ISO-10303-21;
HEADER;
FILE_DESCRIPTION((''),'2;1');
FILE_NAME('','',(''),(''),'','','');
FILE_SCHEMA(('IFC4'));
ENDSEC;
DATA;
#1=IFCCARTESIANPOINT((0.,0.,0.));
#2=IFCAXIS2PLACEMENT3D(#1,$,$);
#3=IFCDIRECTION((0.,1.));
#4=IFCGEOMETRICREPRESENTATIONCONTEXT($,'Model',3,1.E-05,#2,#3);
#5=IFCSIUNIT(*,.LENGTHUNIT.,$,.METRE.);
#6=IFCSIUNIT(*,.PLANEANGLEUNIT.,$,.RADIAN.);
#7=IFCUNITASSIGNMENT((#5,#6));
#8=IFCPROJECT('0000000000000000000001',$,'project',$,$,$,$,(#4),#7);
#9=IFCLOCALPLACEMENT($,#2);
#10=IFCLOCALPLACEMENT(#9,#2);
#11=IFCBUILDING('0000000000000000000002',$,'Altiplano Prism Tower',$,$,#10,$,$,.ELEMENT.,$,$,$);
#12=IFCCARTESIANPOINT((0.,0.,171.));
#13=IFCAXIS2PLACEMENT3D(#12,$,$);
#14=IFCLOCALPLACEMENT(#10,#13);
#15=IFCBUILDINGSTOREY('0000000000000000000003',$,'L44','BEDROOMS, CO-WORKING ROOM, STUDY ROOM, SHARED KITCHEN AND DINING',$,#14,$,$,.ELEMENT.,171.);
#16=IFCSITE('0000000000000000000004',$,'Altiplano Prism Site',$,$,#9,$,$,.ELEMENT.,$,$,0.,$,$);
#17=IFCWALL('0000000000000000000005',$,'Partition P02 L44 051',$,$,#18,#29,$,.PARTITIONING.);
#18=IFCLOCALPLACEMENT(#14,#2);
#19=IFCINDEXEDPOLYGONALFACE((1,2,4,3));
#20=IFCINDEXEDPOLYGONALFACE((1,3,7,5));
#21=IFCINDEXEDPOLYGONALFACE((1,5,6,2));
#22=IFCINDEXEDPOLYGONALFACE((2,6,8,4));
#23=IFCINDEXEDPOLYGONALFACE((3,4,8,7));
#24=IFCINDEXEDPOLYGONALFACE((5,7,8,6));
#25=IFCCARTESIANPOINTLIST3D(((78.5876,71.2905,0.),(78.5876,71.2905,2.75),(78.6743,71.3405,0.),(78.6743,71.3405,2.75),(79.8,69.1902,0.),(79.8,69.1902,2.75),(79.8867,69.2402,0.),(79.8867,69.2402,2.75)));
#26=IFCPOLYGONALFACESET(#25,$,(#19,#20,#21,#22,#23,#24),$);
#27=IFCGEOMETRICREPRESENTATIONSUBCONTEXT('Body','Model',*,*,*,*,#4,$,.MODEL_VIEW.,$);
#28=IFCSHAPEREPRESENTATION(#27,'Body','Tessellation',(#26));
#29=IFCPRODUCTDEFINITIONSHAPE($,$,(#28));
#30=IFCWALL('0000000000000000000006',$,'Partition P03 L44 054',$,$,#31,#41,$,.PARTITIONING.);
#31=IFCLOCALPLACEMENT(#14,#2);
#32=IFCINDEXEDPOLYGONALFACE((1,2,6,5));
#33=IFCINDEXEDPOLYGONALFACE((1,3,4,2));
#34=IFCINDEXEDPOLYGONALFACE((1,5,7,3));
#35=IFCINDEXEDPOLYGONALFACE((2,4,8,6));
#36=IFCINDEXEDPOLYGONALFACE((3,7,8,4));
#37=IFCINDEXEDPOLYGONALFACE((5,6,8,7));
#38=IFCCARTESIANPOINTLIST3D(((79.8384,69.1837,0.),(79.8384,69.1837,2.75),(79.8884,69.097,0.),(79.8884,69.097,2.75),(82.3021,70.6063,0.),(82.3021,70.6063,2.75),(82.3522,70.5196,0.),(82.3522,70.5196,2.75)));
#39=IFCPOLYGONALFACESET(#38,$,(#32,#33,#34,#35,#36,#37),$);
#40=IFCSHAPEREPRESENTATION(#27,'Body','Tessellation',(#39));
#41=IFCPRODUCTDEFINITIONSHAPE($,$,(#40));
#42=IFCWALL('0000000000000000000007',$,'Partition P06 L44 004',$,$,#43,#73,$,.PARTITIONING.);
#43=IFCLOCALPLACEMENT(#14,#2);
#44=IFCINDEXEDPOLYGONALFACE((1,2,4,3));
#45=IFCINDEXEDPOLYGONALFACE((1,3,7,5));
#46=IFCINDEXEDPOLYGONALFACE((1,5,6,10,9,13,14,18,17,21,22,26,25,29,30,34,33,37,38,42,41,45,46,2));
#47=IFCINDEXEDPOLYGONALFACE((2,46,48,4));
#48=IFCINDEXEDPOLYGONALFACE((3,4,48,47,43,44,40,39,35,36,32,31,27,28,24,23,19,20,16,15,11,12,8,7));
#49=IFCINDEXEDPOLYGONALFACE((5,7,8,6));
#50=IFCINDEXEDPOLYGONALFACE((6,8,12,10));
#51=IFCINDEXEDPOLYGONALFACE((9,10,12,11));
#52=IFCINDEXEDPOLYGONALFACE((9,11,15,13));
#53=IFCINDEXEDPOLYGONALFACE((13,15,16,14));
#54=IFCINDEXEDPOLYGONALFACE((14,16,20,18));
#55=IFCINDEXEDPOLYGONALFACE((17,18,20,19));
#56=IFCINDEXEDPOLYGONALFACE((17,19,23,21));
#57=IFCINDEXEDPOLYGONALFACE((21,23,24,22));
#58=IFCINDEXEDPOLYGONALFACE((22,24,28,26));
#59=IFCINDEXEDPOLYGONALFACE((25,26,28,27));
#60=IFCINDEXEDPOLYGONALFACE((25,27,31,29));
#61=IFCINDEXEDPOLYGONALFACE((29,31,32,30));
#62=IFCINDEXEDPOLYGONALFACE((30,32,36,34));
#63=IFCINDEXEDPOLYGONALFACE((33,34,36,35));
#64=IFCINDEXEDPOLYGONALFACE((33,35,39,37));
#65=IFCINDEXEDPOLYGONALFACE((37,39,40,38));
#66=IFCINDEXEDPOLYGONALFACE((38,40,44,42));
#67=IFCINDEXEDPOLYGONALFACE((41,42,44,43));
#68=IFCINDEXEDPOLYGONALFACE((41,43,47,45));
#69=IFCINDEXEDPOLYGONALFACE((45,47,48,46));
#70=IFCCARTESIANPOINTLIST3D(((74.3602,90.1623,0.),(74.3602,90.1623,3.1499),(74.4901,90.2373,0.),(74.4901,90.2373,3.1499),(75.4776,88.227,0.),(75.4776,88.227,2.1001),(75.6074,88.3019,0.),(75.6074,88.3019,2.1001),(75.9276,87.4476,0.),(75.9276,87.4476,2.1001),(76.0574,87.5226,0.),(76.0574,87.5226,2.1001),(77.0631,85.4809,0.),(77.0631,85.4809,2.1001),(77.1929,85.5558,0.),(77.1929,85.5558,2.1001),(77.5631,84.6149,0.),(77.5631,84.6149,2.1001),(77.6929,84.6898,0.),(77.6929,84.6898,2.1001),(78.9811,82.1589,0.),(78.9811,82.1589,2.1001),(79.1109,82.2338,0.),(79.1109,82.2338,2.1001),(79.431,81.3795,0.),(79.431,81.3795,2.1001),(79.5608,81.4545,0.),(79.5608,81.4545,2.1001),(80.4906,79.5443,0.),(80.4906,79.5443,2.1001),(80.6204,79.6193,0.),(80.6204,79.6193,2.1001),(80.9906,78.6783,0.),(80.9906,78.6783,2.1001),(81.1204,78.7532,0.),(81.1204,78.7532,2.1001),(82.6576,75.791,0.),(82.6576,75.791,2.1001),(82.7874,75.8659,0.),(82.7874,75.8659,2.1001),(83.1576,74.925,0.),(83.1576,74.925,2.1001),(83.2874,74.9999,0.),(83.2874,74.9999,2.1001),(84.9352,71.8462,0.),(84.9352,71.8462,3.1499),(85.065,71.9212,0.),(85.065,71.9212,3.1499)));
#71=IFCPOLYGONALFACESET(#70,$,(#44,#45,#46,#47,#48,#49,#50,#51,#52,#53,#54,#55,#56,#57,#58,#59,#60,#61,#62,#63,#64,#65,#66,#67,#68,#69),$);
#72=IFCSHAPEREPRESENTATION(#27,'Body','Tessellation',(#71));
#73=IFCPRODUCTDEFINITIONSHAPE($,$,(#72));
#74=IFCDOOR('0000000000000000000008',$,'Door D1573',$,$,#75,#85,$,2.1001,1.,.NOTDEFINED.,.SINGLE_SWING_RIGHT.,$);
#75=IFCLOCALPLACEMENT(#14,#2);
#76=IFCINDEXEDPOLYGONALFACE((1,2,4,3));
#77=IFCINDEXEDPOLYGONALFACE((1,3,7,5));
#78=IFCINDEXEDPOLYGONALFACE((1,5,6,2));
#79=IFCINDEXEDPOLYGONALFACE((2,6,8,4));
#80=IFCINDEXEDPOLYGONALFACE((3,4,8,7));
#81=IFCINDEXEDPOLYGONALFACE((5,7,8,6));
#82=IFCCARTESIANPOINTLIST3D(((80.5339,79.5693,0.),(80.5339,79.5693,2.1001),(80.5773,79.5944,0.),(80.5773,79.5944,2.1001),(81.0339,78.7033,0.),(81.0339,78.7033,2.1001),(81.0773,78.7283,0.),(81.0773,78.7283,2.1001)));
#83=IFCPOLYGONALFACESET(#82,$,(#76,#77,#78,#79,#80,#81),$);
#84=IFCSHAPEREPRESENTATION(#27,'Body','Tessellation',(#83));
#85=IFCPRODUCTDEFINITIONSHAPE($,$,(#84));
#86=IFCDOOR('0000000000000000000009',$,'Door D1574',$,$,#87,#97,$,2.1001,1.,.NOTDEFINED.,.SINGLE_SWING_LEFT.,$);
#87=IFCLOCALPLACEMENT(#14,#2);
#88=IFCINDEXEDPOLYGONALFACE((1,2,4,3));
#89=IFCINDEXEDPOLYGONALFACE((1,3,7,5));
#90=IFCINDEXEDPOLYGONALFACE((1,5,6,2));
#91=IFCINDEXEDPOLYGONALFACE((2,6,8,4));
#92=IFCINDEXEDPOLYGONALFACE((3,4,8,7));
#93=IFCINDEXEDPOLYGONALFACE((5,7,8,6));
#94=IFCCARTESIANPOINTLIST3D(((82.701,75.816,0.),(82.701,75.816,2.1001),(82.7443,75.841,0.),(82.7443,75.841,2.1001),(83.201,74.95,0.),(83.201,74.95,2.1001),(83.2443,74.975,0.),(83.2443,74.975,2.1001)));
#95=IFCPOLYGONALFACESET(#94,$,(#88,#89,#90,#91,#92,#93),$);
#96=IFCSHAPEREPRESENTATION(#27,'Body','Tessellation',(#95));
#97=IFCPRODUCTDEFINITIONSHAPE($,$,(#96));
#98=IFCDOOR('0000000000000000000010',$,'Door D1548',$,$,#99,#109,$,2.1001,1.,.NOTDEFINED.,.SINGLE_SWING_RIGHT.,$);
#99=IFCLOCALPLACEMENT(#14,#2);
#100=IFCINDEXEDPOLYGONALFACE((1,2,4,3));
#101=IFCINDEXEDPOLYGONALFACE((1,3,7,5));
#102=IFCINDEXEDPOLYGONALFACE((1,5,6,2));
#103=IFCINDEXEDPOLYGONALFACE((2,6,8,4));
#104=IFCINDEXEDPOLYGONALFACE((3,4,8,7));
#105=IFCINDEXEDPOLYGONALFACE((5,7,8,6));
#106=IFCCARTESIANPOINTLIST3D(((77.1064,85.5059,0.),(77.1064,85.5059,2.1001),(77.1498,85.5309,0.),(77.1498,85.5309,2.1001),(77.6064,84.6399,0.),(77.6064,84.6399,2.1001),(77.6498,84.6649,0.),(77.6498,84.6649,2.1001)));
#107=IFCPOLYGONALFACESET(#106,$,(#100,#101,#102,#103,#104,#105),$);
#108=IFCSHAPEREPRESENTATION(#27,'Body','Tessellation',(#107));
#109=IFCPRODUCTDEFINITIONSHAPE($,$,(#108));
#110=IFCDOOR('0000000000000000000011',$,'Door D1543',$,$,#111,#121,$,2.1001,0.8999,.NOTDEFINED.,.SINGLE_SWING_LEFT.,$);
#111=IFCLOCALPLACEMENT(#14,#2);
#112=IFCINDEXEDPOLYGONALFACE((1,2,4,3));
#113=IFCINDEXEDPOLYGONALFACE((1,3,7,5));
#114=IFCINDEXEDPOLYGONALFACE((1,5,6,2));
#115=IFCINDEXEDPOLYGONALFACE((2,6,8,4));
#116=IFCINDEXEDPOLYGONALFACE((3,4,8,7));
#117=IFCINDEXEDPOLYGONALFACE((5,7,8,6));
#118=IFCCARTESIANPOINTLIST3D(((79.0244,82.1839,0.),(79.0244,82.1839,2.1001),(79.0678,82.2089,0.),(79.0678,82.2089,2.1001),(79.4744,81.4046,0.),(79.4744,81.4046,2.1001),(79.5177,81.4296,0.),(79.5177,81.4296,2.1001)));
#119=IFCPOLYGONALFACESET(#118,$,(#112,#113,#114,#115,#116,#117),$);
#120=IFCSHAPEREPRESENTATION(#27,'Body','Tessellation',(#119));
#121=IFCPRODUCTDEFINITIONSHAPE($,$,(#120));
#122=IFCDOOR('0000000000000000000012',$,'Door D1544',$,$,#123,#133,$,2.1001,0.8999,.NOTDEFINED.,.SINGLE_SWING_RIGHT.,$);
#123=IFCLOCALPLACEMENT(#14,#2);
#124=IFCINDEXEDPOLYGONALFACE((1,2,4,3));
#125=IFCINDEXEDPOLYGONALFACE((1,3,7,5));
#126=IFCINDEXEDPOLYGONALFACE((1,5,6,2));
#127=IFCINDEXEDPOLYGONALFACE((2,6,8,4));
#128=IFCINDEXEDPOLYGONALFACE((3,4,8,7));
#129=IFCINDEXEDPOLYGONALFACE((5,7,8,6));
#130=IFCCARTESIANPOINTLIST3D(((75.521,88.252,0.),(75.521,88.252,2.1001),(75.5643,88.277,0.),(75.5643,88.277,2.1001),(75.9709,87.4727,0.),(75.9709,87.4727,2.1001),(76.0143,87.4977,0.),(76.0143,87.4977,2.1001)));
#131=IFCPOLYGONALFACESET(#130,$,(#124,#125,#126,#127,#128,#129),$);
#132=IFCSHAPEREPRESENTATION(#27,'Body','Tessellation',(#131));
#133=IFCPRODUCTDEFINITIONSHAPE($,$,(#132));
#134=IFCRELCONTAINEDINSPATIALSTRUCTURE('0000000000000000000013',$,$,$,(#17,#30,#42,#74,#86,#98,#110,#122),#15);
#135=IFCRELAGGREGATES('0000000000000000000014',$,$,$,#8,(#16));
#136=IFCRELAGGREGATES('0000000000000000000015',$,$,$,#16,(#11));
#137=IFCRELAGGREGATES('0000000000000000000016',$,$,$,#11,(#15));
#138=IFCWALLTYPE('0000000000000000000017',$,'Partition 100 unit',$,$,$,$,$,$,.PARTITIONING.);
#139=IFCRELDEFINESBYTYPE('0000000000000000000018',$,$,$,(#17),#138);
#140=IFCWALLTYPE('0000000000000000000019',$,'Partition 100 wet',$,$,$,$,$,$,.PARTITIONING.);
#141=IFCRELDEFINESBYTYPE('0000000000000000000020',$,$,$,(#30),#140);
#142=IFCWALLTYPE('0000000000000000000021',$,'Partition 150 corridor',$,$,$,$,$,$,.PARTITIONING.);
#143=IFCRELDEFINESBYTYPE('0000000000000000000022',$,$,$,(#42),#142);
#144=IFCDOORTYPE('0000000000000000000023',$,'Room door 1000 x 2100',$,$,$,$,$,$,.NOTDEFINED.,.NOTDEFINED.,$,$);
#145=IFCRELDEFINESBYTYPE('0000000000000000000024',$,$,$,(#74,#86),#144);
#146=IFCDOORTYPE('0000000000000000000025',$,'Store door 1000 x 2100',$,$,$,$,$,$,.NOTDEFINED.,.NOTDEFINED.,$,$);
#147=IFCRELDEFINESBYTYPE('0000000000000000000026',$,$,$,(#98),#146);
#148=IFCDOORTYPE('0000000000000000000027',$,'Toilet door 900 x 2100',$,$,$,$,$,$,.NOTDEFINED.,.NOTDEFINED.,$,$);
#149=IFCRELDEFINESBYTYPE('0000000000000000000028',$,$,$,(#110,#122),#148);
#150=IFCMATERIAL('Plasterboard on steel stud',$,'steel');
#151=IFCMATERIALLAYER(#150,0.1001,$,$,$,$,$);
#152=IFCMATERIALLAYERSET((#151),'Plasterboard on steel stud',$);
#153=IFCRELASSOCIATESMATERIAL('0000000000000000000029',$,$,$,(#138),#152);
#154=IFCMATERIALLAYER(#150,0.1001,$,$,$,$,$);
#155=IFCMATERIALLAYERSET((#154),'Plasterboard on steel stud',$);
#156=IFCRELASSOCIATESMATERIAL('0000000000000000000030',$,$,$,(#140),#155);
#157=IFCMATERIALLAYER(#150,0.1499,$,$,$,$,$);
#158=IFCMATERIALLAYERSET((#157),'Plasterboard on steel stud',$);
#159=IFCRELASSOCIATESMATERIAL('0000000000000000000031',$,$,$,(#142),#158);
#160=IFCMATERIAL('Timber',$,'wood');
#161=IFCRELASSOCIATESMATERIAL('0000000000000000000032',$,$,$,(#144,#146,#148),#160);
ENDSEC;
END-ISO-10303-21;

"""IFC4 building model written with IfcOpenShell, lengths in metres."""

from ifc_helpers import new_model, si_unit, direction, frame, frame_2d, origin, place, context, subcontext, project, spatial, rectangle, extrude, material, layer, layer_set, type_object, element, fill, save


model = new_model("IFC4")

# Units and contexts
model_context = context("Model", 3, precision=1e-05, world=origin(), true_north=direction((0.0, 1.0)))
body_context = subcontext(model_context, "Body", "Model", "MODEL_VIEW")
ifc_project = project(units=[si_unit("LENGTHUNIT", "METRE"), si_unit("PLANEANGLEUNIT", "RADIAN")], contexts=[model_context])

# Site, building, storey
site_placement = place(None, origin())
site = spatial("IfcSite", under=ifc_project, at=site_placement, Name="Altiplano Prism Site", CompositionType="ELEMENT", RefElevation=0.0)
building_placement = place(site_placement, origin())
building = spatial("IfcBuilding", under=site, at=building_placement, Name="Altiplano Prism Tower", CompositionType="ELEMENT")
storey_placement = place(building_placement, frame((0.0, 0.0, 171.0)))
storey = spatial("IfcBuildingStorey", under=building, at=storey_placement, Name="L44", Description="BEDROOMS, CO-WORKING ROOM, STUDY ROOM, SHARED KITCHEN AND DINING", CompositionType="ELEMENT", Elevation=171.0)

# Walls
ifc_material_1 = material(Name="Plasterboard on steel stud", Category="steel")
ifc_layer_1 = layer(ifc_material_1, 0.1001)
ifc_layer_set_1 = layer_set([ifc_layer_1], Name="Plasterboard on steel stud")
wall_type_1 = type_object("IfcWallType", Name="Partition 100 unit", PredefinedType="PARTITIONING", material=ifc_layer_set_1)
wall_1_placement = place(storey_placement, frame((79.8433, 69.2153, 0.0), z_axis=(0.0, 0.0, 1.0), x_axis=(-0.499929, 0.866067, 0.0)))
element("IfcWall", 1, at=wall_1_placement, inside=storey, type_object=wall_type_1, Name="Partition P02 L44 051", PredefinedType="PARTITIONING", context=body_context, shape_type="SweptSolid", body=[
    extrude(rectangle(XDim=2.425, YDim=0.1001, at=frame_2d((1.2124, 0.0))), origin(), (0.0, 0.0, 1.0), 2.75),
])
ifc_layer_2 = layer(ifc_material_1, 0.1001)
ifc_layer_set_2 = layer_set([ifc_layer_2], Name="Plasterboard on steel stud")
wall_type_2 = type_object("IfcWallType", Name="Partition 100 wet", PredefinedType="PARTITIONING", material=ifc_layer_set_2)
wall_2_placement = place(storey_placement, frame((79.8635, 69.1404, 0.0), z_axis=(0.0, 0.0, 1.0), x_axis=(0.86599, 0.500062, 0.0)))
element("IfcWall", 2, at=wall_2_placement, inside=storey, type_object=wall_type_2, Name="Partition P03 L44 054", PredefinedType="PARTITIONING", context=body_context, shape_type="SweptSolid", body=[
    extrude(rectangle(XDim=2.845, YDim=0.1001, at=frame_2d((1.4224, 0.0))), origin(), (0.0, 0.0, 1.0), 2.75),
])

# Wall, openings, doors
ifc_layer_3 = layer(ifc_material_1, 0.1499)
ifc_layer_set_3 = layer_set([ifc_layer_3], Name="Plasterboard on steel stud")
wall_type_3 = type_object("IfcWallType", Name="Partition 150 corridor", PredefinedType="PARTITIONING", material=ifc_layer_set_3)
wall_3_placement = place(storey_placement, frame((85.0, 71.8838, 0.0), z_axis=(0.0, 0.0, 1.0), x_axis=(-0.500004, 0.866023, 0.0)))
wall_3 = element("IfcWall", 3, at=wall_3_placement, inside=storey, type_object=wall_type_3, Name="Partition P06 L44 004", PredefinedType="PARTITIONING", context=body_context, shape_type="SweptSolid", body=[
    extrude(rectangle(XDim=21.1497, YDim=0.1499, at=frame_2d((10.5747, 0.0))), origin(), (0.0, 0.0, 1.0), 3.1499),
])
opening_1_placement = place(wall_3_placement, frame((11.0081, 0.0, 0.0)))
opening_1 = element("IfcOpeningElement", 4, at=opening_1_placement, cuts=wall_3, PredefinedType="OPENING", context=body_context, shape_type="SweptSolid", body=[
    extrude(rectangle(XDim=0.8999, YDim=2.1001, at=frame_2d((0.45, 1.05))), frame((0.0, 0.0854, 0.0), z_axis=(0.0, -1.0, 0.0), x_axis=(1.0, 0.0, 0.0)), (0.0, 0.0, 1.0), 0.1709),
])
opening_2_placement = place(wall_3_placement, frame((18.0149, 0.0, 0.0)))
opening_2 = element("IfcOpeningElement", 5, at=opening_2_placement, cuts=wall_3, PredefinedType="OPENING", context=body_context, shape_type="SweptSolid", body=[
    extrude(rectangle(XDim=0.8999, YDim=2.1001, at=frame_2d((0.45, 1.05))), frame((0.0, 0.0854, 0.0), z_axis=(0.0, -1.0, 0.0), x_axis=(1.0, 0.0, 0.0)), (0.0, 0.0, 1.0), 0.1709),
])
opening_3_placement = place(wall_3_placement, frame((14.7439, 0.0, 0.0)))
opening_3 = element("IfcOpeningElement", 6, at=opening_3_placement, cuts=wall_3, PredefinedType="OPENING", context=body_context, shape_type="SweptSolid", body=[
    extrude(rectangle(XDim=1.0, YDim=2.1001, at=frame_2d((0.5, 1.05))), frame((0.0, 0.0854, 0.0), z_axis=(0.0, -1.0, 0.0), x_axis=(1.0, 0.0, 0.0)), (0.0, 0.0, 1.0), 0.1709),
])
opening_4_placement = place(wall_3_placement, frame((7.8889, 0.0, 0.0)))
opening_4 = element("IfcOpeningElement", 7, at=opening_4_placement, cuts=wall_3, PredefinedType="OPENING", context=body_context, shape_type="SweptSolid", body=[
    extrude(rectangle(XDim=1.0, YDim=2.1001, at=frame_2d((0.5, 1.05))), frame((0.0, 0.0854, 0.0), z_axis=(0.0, -1.0, 0.0), x_axis=(1.0, 0.0, 0.0)), (0.0, 0.0, 1.0), 0.1709),
])
opening_5_placement = place(wall_3_placement, frame((3.5549, 0.0, 0.0)))
opening_5 = element("IfcOpeningElement", 8, at=opening_5_placement, cuts=wall_3, PredefinedType="OPENING", context=body_context, shape_type="SweptSolid", body=[
    extrude(rectangle(XDim=1.0, YDim=2.1001, at=frame_2d((0.5, 1.05))), frame((0.0, 0.0854, 0.0), z_axis=(0.0, -1.0, 0.0), x_axis=(1.0, 0.0, 0.0)), (0.0, 0.0, 1.0), 0.1709),
])
ifc_material_2 = material(Name="Timber", Category="wood")
door_type_1 = type_object("IfcDoorType", Name="Room door 1000 x 2100", OperationType="NOTDEFINED", PredefinedType="NOTDEFINED", material=ifc_material_2)
door_1_placement = place(opening_4_placement, origin())
door_1 = element("IfcDoor", 9, at=door_1_placement, inside=storey, type_object=door_type_1, Name="Door D1573", OperationType="SINGLE_SWING_RIGHT", OverallHeight=2.1001, OverallWidth=1.0, PredefinedType="NOTDEFINED", context=body_context, shape_type="SweptSolid", body=[
    extrude(rectangle(XDim=1.0, YDim=2.1001, at=frame_2d((0.5, 1.05))), frame((0.0, 0.0249, 0.0), z_axis=(0.0, -1.0, 0.0), x_axis=(1.0, 0.0, 0.0)), (0.0, 0.0, 1.0), 0.05),
])
fill(opening_4, door_1)
door_2_placement = place(opening_5_placement, origin())
door_2 = element("IfcDoor", 10, at=door_2_placement, inside=storey, type_object=door_type_1, Name="Door D1574", OperationType="SINGLE_SWING_LEFT", OverallHeight=2.1001, OverallWidth=1.0, PredefinedType="NOTDEFINED", context=body_context, shape_type="SweptSolid", body=[
    extrude(rectangle(XDim=1.0, YDim=2.1001, at=frame_2d((0.5, 1.05))), frame((0.0, 0.0249, 0.0), z_axis=(0.0, -1.0, 0.0), x_axis=(1.0, 0.0, 0.0)), (0.0, 0.0, 1.0), 0.05),
])
fill(opening_5, door_2)
door_type_2 = type_object("IfcDoorType", Name="Store door 1000 x 2100", OperationType="NOTDEFINED", PredefinedType="NOTDEFINED", material=ifc_material_2)
door_3_placement = place(opening_3_placement, origin())
door_3 = element("IfcDoor", 11, at=door_3_placement, inside=storey, type_object=door_type_2, Name="Door D1548", OperationType="SINGLE_SWING_RIGHT", OverallHeight=2.1001, OverallWidth=1.0, PredefinedType="NOTDEFINED", context=body_context, shape_type="SweptSolid", body=[
    extrude(rectangle(XDim=1.0, YDim=2.1001, at=frame_2d((0.5, 1.05))), frame((0.0, 0.0249, 0.0), z_axis=(0.0, -1.0, 0.0), x_axis=(1.0, 0.0, 0.0)), (0.0, 0.0, 1.0), 0.05),
])
fill(opening_3, door_3)
door_type_3 = type_object("IfcDoorType", Name="Toilet door 900 x 2100", OperationType="NOTDEFINED", PredefinedType="NOTDEFINED", material=ifc_material_2)
door_4_placement = place(opening_1_placement, origin())
door_4 = element("IfcDoor", 12, at=door_4_placement, inside=storey, type_object=door_type_3, Name="Door D1543", OperationType="SINGLE_SWING_LEFT", OverallHeight=2.1001, OverallWidth=0.8999, PredefinedType="NOTDEFINED", context=body_context, shape_type="SweptSolid", body=[
    extrude(rectangle(XDim=0.8999, YDim=2.1001, at=frame_2d((0.45, 1.05))), frame((0.0, 0.0249, 0.0), z_axis=(0.0, -1.0, 0.0), x_axis=(1.0, 0.0, 0.0)), (0.0, 0.0, 1.0), 0.05),
])
fill(opening_1, door_4)
door_5_placement = place(opening_2_placement, origin())
door_5 = element("IfcDoor", 13, at=door_5_placement, inside=storey, type_object=door_type_3, Name="Door D1544", OperationType="SINGLE_SWING_RIGHT", OverallHeight=2.1001, OverallWidth=0.8999, PredefinedType="NOTDEFINED", context=body_context, shape_type="SweptSolid", body=[
    extrude(rectangle(XDim=0.8999, YDim=2.1001, at=frame_2d((0.45, 1.05))), frame((0.0, 0.0249, 0.0), z_axis=(0.0, -1.0, 0.0), x_axis=(1.0, 0.0, 0.0)), (0.0, 0.0, 1.0), 0.05),
])
fill(opening_2, door_5)

save(model, "model.ifc")
